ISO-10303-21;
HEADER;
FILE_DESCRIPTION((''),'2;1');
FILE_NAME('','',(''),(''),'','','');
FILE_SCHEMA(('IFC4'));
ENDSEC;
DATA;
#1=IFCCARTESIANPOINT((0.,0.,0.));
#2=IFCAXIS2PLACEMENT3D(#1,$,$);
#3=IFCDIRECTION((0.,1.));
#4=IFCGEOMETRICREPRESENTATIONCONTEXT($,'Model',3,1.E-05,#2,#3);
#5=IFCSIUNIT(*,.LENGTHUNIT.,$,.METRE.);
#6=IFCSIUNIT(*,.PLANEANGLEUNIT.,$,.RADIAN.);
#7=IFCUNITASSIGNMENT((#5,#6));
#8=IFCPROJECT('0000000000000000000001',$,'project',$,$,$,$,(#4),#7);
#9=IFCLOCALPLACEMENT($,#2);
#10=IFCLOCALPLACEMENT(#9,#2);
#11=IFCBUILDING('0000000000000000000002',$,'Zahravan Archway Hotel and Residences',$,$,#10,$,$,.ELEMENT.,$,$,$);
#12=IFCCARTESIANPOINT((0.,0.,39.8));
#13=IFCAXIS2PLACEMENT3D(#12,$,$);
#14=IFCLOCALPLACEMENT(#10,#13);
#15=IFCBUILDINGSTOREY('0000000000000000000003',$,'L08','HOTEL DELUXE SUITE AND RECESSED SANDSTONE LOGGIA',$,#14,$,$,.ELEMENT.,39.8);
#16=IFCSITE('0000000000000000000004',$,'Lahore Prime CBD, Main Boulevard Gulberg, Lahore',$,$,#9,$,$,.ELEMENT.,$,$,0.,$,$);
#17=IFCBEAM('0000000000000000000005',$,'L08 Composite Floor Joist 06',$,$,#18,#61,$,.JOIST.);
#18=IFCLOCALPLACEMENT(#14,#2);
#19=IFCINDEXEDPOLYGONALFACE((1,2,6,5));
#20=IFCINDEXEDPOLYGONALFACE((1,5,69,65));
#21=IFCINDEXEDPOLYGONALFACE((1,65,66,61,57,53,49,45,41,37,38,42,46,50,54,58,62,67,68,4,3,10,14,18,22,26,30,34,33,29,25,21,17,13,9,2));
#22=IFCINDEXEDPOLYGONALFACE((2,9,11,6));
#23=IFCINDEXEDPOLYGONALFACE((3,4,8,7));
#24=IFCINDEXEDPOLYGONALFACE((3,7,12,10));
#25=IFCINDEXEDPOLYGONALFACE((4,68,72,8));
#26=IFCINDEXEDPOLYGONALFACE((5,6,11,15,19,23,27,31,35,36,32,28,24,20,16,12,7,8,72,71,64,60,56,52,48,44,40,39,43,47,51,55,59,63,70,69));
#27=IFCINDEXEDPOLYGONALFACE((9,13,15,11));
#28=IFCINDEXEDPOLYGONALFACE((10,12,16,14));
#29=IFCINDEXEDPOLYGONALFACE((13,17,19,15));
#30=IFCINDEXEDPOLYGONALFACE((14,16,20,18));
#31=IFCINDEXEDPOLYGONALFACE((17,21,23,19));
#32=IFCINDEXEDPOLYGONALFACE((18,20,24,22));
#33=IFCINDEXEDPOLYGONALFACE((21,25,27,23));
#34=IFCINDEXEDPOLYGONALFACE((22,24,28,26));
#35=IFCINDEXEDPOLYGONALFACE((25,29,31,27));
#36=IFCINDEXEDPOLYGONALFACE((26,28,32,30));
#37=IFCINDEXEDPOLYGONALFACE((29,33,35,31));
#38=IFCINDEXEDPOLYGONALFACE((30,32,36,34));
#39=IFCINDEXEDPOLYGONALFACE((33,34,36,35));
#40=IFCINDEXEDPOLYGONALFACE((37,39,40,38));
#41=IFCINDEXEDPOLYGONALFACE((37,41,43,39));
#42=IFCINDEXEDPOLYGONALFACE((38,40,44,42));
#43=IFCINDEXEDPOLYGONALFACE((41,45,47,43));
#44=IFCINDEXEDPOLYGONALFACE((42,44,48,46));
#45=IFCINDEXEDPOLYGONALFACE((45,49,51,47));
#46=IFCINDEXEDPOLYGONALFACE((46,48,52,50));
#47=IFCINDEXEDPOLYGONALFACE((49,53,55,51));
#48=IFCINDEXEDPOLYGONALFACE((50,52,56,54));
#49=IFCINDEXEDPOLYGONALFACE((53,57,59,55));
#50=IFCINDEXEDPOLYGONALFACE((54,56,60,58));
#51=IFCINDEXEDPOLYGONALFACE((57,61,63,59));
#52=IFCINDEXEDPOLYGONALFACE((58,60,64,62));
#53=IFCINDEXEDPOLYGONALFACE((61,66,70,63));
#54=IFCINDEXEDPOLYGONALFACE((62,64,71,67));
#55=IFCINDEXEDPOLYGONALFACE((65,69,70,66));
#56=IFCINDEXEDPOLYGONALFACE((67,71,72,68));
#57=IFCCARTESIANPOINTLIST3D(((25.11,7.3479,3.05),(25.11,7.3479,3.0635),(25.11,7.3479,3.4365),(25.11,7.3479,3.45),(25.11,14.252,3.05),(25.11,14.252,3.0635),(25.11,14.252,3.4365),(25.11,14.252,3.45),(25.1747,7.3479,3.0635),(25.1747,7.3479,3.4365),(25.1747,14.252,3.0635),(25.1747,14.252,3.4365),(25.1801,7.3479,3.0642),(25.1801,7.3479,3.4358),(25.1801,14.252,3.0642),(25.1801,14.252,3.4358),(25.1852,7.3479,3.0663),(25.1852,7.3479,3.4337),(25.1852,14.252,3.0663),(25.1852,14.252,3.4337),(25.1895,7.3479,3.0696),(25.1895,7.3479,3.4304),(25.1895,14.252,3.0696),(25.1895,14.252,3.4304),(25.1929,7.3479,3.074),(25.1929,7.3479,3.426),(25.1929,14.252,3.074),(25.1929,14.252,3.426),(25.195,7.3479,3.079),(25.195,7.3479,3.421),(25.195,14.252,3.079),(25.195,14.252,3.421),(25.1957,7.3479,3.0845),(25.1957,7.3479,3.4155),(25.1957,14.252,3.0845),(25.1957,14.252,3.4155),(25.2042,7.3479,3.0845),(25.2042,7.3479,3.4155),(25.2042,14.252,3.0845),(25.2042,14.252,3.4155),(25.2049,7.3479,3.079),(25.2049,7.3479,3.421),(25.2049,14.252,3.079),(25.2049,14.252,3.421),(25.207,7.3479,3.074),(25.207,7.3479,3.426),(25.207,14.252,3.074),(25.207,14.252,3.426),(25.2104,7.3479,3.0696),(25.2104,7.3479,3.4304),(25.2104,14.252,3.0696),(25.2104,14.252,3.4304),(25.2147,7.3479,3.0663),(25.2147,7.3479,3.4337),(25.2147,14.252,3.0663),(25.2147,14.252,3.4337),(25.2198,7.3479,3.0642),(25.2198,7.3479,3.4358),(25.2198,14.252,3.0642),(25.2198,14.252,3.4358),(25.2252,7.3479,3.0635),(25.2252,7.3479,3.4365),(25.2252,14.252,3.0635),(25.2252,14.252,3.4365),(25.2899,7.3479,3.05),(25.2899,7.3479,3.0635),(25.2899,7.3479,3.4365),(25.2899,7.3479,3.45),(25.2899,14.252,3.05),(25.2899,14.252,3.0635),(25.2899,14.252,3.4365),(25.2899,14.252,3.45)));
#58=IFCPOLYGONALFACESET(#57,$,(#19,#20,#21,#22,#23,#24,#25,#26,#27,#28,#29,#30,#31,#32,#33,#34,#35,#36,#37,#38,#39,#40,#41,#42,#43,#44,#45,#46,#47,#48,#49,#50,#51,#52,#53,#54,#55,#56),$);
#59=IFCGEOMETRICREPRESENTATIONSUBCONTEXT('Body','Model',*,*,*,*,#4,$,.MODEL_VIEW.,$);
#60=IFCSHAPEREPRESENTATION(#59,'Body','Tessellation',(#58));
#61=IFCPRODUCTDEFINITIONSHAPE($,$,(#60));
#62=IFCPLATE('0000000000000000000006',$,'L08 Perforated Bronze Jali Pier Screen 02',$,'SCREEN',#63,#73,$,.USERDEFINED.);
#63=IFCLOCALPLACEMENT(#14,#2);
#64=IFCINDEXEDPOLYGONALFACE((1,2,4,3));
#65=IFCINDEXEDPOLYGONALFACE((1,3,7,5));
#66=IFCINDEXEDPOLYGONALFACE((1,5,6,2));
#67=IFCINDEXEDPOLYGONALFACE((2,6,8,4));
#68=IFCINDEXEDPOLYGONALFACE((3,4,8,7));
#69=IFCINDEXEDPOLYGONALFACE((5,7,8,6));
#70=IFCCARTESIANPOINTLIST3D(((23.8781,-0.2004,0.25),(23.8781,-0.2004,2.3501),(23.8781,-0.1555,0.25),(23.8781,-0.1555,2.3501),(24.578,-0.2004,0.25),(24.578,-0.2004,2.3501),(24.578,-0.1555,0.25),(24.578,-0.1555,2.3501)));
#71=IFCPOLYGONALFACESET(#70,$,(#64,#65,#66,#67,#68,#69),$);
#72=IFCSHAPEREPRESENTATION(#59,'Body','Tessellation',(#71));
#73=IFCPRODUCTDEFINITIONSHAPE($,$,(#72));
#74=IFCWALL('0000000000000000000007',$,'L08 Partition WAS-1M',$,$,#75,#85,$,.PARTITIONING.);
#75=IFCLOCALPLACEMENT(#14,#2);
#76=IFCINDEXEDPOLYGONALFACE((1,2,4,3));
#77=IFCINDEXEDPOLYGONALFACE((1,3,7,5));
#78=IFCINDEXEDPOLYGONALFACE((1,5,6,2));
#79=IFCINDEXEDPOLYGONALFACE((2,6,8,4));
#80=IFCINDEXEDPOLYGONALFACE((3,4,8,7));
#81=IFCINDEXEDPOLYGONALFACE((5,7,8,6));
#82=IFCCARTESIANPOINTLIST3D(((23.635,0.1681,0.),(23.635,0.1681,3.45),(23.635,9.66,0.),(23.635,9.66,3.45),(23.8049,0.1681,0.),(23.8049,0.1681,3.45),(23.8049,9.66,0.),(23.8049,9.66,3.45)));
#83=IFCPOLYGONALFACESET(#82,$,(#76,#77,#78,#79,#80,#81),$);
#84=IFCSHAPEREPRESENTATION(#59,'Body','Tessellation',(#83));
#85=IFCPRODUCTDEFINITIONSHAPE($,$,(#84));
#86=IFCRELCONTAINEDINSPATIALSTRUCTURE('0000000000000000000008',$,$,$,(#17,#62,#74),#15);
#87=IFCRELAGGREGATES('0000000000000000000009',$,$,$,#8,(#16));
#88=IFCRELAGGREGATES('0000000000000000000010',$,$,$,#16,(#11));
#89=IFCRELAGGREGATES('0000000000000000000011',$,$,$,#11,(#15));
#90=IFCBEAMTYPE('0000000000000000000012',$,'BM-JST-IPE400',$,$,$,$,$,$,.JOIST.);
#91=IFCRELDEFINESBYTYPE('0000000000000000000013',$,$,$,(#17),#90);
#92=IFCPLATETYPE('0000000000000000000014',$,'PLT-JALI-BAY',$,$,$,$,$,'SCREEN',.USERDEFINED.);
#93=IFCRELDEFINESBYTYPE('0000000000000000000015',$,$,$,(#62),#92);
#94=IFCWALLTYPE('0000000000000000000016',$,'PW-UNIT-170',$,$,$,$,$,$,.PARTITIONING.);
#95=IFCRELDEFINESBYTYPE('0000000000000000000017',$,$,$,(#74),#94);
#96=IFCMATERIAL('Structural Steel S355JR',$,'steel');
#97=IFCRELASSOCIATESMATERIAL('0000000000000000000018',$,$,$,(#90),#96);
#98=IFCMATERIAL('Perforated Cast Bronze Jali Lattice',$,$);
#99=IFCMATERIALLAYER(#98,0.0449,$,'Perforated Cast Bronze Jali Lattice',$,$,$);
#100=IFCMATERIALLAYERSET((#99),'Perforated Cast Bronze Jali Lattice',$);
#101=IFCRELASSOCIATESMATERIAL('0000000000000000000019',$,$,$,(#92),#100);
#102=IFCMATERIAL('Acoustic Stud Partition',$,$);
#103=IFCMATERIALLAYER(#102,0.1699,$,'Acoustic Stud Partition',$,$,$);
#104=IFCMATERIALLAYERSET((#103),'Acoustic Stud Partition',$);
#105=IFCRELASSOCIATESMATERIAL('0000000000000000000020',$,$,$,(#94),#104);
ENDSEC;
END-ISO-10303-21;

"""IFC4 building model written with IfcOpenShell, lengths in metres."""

from ifc_helpers import new_model, si_unit, direction, frame, frame_2d, origin, origin_2d, place, context, subcontext, project, spatial, rectangle, i_section, extrude, source, transform, mapped, material, layer, layer_set, material_profile, profile_set, type_object, type_shapes, element, save


model = new_model("IFC4")

# Units and contexts
model_context = context("Model", 3, precision=1e-05, world=origin(), true_north=direction((0.0, 1.0)))
body_context = subcontext(model_context, "Body", "Model", "MODEL_VIEW")
ifc_project = project(units=[si_unit("LENGTHUNIT", "METRE"), si_unit("PLANEANGLEUNIT", "RADIAN")], contexts=[model_context])

# Site, building, storey
site_placement = place(None, origin())
site = spatial("IfcSite", under=ifc_project, at=site_placement, Name="Lahore Prime CBD, Main Boulevard Gulberg, Lahore", CompositionType="ELEMENT", RefElevation=0.0)
building_placement = place(site_placement, origin())
building = spatial("IfcBuilding", under=site, at=building_placement, Name="Zahravan Archway Hotel and Residences", CompositionType="ELEMENT")
storey_placement = place(building_placement, frame((0.0, 0.0, 39.8)))
storey = spatial("IfcBuildingStorey", under=building, at=storey_placement, Name="L08", Description="HOTEL DELUXE SUITE AND RECESSED SANDSTONE LOGGIA", CompositionType="ELEMENT", Elevation=39.8)

# Beam
ifc_material_1 = material(Name="Structural Steel S355JR", Category="steel")
ifc_material_profile_1 = material_profile(ifc_material_1, i_section(OverallWidth=0.1799, OverallDepth=0.3999, WebThickness=0.0085, FlangeThickness=0.0134, FilletRadius=0.021, at=origin_2d()), Name="IPE 400", Category="steel")
ifc_profile_set_1 = profile_set([ifc_material_profile_1], Name="Structural Steel S355JR")
beam_type_1 = type_object("IfcBeamType", Name="BM-JST-IPE400", PredefinedType="JOIST", material=ifc_profile_set_1)
shared_shape_1 = source(origin(), body_context, "Body", "SweptSolid", [
    extrude(i_section(OverallWidth=0.1799, OverallDepth=0.3999, WebThickness=0.0085, FlangeThickness=0.0134, FilletRadius=0.021, at=origin_2d()), origin(), (0.0, 0.0, 1.0), 6.9041),
])
type_shapes(beam_type_1, [shared_shape_1])
for number, where, z_axis, x_axis, name in (
    (1, (25.2, 7.3479, 3.25), (0.0, 1.0, 0.0), (-1.0, 0.0, 0.0), "L08 Composite Floor Joist 06"),
):
    element("IfcBeam", number, at=place(storey_placement, frame(where, z_axis=z_axis, x_axis=x_axis)), inside=storey, type_object=beam_type_1, Name=name, PredefinedType="JOIST", context=body_context, shape_type="MappedRepresentation", body=[
        mapped(shared_shape_1, transform((0.0, 0.0, 0.0), scale=1.0)),
    ])

# Plate
ifc_material_2 = material(Name="Perforated Cast Bronze Jali Lattice")
ifc_layer_1 = layer(ifc_material_2, 0.0449, Name="Perforated Cast Bronze Jali Lattice")
ifc_layer_set_1 = layer_set([ifc_layer_1], Name="Perforated Cast Bronze Jali Lattice")
plate_type = type_object("IfcPlateType", Name="PLT-JALI-BAY", ElementType="SCREEN", PredefinedType="USERDEFINED", material=ifc_layer_set_1)
shared_shape_2 = source(origin(), body_context, "Body", "SweptSolid", [
    extrude(rectangle(XDim=0.7, YDim=0.0449, at=origin_2d()), origin(), (0.0, 0.0, 1.0), 2.1001),
])
type_shapes(plate_type, [shared_shape_2])
plate_placement = place(storey_placement, frame((24.228, -0.178, 0.25), z_axis=(0.0, 0.0, 1.0), x_axis=(1.0, 0.0, 0.0)))
element("IfcPlate", 2, at=plate_placement, inside=storey, type_object=plate_type, Name="L08 Perforated Bronze Jali Pier Screen 02", ObjectType="SCREEN", PredefinedType="USERDEFINED", context=body_context, shape_type="MappedRepresentation", body=[
    mapped(shared_shape_2, transform((0.0, 0.0, 0.0), scale=1.0)),
])

# Wall
ifc_material_3 = material(Name="Acoustic Stud Partition")
ifc_layer_2 = layer(ifc_material_3, 0.1699, Name="Acoustic Stud Partition")
ifc_layer_set_2 = layer_set([ifc_layer_2], Name="Acoustic Stud Partition")
wall_type = type_object("IfcWallType", Name="PW-UNIT-170", PredefinedType="PARTITIONING", material=ifc_layer_set_2)
wall_placement = place(storey_placement, frame((23.72, 0.168, 0.0), z_axis=(0.0, 0.0, 1.0), x_axis=(0.0, 1.0, 0.0)))
element("IfcWall", 3, at=wall_placement, inside=storey, type_object=wall_type, Name="L08 Partition WAS-1M", PredefinedType="PARTITIONING", context=body_context, shape_type="SweptSolid", body=[
    extrude(rectangle(XDim=9.4919, YDim=0.1699, at=frame_2d((4.7461, 0.0))), origin(), (0.0, 0.0, 1.0), 3.45),
])

save(model, "model.ifc")
